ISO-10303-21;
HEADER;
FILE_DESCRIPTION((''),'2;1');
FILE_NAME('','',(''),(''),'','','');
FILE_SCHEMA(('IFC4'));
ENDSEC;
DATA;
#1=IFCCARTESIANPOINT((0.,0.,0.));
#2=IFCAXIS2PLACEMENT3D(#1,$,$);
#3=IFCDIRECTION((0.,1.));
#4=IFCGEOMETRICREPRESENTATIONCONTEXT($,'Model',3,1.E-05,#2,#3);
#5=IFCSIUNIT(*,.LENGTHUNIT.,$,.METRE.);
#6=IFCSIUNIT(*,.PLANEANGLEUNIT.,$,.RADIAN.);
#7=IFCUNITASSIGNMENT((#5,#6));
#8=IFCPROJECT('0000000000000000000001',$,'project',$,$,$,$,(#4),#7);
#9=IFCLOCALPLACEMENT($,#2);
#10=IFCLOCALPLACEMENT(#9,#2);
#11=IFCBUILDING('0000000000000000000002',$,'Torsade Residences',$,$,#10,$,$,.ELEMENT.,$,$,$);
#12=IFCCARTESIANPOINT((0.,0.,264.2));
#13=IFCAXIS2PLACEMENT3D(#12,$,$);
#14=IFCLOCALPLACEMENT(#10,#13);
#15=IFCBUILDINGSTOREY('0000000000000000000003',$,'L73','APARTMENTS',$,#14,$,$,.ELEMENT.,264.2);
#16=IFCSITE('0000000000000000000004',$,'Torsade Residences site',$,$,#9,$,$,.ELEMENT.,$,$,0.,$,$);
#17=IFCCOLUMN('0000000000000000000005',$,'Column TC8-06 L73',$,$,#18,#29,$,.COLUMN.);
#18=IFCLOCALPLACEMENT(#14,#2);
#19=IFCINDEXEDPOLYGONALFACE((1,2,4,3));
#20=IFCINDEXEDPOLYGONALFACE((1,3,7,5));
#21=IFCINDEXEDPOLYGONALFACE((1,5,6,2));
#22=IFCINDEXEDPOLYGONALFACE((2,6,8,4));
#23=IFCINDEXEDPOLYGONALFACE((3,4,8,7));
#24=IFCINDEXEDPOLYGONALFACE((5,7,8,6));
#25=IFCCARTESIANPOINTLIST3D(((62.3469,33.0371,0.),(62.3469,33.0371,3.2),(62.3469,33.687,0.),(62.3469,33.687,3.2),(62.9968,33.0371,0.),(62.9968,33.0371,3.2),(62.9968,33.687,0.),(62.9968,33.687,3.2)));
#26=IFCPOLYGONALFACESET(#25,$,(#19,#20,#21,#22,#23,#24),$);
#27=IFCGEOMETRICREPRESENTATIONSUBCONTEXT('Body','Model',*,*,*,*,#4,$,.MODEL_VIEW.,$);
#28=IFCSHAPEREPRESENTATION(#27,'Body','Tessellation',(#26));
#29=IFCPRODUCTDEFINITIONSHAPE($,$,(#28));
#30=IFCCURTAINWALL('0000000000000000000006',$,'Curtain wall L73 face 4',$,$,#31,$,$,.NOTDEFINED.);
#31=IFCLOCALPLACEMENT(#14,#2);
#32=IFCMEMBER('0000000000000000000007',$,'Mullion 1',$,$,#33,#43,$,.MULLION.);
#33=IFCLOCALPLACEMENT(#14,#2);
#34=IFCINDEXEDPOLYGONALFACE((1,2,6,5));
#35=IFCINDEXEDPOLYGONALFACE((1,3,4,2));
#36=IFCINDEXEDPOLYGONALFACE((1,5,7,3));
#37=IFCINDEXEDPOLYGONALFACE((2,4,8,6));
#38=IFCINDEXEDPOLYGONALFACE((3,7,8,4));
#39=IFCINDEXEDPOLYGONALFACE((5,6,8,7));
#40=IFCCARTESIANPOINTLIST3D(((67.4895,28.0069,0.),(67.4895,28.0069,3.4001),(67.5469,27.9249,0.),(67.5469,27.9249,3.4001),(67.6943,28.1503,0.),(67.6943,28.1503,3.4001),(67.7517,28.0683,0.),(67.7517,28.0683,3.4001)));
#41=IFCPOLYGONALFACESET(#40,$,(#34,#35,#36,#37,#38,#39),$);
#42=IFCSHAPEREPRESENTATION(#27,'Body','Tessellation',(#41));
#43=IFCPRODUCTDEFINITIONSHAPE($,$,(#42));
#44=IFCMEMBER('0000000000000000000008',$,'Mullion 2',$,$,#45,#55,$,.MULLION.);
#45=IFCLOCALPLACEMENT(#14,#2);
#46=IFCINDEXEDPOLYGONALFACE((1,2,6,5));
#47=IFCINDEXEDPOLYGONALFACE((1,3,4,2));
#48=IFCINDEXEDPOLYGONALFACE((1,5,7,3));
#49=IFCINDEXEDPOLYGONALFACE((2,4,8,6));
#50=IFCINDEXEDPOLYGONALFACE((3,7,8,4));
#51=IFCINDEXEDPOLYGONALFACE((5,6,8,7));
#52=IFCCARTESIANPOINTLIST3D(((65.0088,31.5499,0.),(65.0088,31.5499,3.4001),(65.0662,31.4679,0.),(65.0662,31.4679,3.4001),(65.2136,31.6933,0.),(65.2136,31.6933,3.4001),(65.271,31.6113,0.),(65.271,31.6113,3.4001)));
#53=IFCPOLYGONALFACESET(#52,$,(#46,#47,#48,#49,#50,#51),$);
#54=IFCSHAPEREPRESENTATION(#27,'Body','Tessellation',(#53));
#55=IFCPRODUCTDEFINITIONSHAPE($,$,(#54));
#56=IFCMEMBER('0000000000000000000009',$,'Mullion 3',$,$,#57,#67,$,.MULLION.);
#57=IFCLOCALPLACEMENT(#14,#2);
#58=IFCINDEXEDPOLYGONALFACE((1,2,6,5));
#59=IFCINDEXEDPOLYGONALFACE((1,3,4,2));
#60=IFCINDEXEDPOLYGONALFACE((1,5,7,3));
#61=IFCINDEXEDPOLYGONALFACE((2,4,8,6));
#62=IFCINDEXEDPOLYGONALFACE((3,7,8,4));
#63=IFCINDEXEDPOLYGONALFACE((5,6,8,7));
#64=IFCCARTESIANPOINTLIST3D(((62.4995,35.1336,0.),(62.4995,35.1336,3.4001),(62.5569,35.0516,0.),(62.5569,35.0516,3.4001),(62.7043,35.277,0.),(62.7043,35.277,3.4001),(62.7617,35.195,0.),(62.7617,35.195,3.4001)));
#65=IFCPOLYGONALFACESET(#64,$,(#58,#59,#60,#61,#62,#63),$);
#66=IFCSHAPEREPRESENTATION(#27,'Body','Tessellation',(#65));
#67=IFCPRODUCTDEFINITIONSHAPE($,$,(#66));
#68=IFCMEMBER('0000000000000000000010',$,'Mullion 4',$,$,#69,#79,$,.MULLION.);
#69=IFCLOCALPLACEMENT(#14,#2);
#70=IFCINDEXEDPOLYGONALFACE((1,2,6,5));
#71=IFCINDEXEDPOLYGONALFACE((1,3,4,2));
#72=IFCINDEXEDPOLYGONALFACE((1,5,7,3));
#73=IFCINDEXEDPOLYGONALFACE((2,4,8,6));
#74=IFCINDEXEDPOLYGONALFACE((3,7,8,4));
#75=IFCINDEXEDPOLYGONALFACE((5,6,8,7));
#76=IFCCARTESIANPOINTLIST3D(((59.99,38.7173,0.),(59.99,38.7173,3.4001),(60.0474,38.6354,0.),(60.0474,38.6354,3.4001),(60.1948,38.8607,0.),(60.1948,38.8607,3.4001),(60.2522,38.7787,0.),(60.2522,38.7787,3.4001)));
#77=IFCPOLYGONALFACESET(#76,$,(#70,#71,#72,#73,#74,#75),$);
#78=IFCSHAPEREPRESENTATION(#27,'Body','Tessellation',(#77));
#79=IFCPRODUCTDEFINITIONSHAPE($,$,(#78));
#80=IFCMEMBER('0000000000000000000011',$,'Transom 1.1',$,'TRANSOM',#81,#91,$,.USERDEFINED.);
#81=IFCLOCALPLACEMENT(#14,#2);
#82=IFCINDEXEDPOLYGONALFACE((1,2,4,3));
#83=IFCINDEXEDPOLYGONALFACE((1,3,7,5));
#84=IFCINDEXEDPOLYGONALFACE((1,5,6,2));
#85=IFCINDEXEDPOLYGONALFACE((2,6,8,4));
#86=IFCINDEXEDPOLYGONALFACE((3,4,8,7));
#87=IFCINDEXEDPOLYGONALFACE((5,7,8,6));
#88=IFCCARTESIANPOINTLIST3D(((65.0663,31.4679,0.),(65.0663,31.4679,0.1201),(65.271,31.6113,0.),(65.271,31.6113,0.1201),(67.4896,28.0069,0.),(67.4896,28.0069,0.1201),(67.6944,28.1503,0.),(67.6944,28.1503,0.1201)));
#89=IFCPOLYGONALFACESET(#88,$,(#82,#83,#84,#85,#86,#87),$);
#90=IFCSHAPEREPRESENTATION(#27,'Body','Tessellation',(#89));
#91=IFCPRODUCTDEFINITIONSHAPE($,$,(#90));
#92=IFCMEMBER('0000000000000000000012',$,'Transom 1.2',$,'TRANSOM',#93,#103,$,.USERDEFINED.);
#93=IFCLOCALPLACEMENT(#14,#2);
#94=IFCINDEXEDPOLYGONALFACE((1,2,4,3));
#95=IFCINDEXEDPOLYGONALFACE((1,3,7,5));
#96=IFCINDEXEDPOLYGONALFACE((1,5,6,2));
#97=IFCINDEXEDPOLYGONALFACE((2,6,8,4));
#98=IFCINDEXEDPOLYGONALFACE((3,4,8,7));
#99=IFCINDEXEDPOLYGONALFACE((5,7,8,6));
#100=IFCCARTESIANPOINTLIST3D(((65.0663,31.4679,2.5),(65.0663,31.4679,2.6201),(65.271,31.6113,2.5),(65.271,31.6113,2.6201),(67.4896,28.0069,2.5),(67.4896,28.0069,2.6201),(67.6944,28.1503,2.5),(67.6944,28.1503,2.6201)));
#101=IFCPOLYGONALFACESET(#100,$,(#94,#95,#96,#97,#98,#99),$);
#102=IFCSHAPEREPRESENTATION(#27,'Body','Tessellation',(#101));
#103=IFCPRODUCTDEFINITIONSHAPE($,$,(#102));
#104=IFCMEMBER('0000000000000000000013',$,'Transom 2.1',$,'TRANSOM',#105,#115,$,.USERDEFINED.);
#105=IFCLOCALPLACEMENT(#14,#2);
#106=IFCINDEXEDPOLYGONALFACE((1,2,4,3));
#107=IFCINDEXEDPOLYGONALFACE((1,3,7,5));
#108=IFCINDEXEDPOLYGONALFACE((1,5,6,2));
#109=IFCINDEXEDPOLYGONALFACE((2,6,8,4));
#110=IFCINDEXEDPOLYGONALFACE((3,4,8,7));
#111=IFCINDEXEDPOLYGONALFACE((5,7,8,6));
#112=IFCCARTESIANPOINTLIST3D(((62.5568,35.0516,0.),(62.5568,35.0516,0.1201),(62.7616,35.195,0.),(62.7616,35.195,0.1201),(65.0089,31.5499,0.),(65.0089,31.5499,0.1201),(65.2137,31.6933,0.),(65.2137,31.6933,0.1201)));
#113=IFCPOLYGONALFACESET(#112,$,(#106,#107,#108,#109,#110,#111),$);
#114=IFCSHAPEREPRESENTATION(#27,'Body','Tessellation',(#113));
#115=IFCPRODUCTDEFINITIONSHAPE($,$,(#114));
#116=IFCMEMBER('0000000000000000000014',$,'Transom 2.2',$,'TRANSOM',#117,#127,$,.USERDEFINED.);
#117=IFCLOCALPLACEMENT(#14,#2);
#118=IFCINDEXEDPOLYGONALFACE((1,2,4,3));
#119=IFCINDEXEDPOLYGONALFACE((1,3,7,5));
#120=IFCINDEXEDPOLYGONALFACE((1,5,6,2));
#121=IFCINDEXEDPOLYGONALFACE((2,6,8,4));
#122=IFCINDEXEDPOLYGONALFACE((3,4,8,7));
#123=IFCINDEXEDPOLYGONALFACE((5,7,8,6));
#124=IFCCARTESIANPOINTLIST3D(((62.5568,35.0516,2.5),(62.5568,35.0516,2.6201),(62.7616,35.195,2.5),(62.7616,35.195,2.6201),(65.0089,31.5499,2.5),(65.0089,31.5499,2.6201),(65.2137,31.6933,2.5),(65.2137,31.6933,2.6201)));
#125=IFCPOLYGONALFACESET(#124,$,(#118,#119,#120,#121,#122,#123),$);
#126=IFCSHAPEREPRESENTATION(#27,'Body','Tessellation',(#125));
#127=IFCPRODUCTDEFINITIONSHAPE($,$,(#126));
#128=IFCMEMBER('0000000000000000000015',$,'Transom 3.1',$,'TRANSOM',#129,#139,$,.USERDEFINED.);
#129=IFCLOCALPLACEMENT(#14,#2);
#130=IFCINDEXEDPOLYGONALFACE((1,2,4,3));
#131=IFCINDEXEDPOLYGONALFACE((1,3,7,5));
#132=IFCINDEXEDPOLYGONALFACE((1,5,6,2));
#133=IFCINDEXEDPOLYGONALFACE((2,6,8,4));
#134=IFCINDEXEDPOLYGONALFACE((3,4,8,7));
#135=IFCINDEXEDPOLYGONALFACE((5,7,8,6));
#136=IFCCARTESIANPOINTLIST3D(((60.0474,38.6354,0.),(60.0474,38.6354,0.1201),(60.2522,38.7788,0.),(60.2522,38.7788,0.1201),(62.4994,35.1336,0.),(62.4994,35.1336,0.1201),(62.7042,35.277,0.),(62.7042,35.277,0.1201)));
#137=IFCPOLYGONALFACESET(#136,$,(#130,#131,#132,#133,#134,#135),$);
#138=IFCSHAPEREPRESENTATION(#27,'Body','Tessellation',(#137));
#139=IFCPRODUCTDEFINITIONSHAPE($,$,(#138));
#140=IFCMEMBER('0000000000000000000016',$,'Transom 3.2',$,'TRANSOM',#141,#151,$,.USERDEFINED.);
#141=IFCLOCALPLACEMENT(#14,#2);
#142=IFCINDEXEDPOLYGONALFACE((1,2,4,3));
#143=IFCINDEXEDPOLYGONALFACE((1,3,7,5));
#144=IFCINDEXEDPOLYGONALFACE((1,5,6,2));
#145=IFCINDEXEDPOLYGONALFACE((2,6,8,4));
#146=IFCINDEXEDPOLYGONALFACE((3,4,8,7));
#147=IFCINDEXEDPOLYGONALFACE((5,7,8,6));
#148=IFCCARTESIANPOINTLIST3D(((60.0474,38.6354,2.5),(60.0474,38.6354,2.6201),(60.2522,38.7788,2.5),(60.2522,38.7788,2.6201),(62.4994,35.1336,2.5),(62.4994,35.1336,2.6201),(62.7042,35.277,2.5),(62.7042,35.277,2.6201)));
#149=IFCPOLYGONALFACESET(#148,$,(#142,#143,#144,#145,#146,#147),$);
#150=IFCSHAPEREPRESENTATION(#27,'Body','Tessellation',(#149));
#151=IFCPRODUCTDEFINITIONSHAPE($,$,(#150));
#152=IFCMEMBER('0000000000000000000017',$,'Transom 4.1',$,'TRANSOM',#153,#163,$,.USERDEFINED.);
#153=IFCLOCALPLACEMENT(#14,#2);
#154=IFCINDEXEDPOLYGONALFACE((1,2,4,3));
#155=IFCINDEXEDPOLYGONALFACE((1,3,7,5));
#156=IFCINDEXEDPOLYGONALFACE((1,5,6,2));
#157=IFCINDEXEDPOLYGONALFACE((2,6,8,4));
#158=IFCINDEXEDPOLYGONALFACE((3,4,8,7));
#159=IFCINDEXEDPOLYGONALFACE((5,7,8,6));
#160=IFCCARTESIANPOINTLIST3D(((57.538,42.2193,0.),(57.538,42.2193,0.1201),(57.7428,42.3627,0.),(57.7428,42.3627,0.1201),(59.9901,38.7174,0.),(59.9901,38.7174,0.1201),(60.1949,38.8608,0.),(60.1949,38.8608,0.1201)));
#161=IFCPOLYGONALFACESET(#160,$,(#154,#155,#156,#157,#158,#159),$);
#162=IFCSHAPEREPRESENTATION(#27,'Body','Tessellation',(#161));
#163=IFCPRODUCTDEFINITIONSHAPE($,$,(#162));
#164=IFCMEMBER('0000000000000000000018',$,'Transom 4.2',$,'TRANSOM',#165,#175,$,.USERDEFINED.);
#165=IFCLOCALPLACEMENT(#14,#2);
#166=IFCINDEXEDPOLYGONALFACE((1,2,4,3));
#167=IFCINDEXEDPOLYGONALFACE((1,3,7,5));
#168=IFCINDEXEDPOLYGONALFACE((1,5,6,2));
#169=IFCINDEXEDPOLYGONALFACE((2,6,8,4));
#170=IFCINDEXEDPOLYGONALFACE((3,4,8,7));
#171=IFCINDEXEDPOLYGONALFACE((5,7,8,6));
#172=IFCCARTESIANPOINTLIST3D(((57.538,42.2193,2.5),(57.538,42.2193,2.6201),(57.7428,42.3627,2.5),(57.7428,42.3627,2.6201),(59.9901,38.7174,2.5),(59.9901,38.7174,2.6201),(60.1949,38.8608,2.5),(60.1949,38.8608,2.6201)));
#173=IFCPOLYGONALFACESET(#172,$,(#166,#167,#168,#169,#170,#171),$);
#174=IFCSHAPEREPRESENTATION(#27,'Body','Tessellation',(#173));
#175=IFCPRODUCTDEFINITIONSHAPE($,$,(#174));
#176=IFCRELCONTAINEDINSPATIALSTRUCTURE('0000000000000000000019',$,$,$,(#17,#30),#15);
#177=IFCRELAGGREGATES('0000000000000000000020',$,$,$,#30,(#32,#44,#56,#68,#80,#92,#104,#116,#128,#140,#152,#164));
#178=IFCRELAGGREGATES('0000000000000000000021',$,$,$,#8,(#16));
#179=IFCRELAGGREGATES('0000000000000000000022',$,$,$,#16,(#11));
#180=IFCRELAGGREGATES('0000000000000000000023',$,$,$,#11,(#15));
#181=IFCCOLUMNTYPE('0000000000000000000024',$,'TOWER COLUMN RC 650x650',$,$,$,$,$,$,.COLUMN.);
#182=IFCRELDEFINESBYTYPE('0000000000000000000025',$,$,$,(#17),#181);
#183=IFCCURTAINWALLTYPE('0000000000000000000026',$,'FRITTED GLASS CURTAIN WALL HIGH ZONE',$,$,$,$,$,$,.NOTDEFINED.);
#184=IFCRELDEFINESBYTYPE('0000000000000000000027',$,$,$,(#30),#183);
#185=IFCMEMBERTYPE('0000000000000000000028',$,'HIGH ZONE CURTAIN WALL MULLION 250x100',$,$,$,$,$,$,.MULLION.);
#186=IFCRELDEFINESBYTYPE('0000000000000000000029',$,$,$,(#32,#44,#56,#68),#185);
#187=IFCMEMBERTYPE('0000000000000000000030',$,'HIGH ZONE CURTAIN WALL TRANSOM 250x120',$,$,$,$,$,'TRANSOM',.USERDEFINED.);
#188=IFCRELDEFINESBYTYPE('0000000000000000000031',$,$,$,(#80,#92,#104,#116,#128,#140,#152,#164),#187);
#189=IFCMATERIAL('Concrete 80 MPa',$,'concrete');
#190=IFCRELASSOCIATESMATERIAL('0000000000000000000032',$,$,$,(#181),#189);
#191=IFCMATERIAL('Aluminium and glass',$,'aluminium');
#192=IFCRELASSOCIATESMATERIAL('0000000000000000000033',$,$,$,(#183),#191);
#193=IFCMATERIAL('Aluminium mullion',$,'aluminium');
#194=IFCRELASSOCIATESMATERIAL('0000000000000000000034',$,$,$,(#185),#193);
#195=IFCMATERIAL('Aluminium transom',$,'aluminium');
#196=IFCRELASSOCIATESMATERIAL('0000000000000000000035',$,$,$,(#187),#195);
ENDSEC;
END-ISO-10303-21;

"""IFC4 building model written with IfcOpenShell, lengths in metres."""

from ifc_helpers import new_model, si_unit, direction, frame, origin, origin_2d, place, context, subcontext, project, spatial, rectangle, extrude, material, material_profile, profile_set, type_object, element, aggregate, save


model = new_model("IFC4")

# Units and contexts
model_context = context("Model", 3, precision=1e-05, world=origin(), true_north=direction((0.0, 1.0)))
body_context = subcontext(model_context, "Body", "Model", "MODEL_VIEW")
ifc_project = project(units=[si_unit("LENGTHUNIT", "METRE"), si_unit("PLANEANGLEUNIT", "RADIAN")], contexts=[model_context])

# Site, building, storey
site_placement = place(None, origin())
site = spatial("IfcSite", under=ifc_project, at=site_placement, Name="Torsade Residences site", CompositionType="ELEMENT", RefElevation=0.0)
building_placement = place(site_placement, origin())
building = spatial("IfcBuilding", under=site, at=building_placement, Name="Torsade Residences", CompositionType="ELEMENT")
storey_placement = place(building_placement, frame((0.0, 0.0, 264.2)))
storey = spatial("IfcBuildingStorey", under=building, at=storey_placement, Name="L73", Description="APARTMENTS", CompositionType="ELEMENT", Elevation=264.2)

# Column
ifc_material_1 = material(Name="Concrete 80 MPa", Category="concrete")
ifc_material_profile_1 = material_profile(ifc_material_1, rectangle(XDim=0.6499, YDim=0.6499, at=origin_2d()), Name="RC 650x650")
ifc_profile_set_1 = profile_set([ifc_material_profile_1], Name="Concrete 80 MPa")
column_type = type_object("IfcColumnType", Name="TOWER COLUMN RC 650x650", PredefinedType="COLUMN", material=ifc_profile_set_1)
column_placement = place(storey_placement, frame((62.6719, 33.3621, 0.0), z_axis=(0.0, 0.0, 1.0), x_axis=(1.0, 0.0, 0.0)))
element("IfcColumn", 1, at=column_placement, inside=storey, type_object=column_type, Name="Column TC8-06 L73", PredefinedType="COLUMN", context=body_context, shape_type="SweptSolid", body=[
    extrude(rectangle(XDim=0.6499, YDim=0.6499, at=origin_2d()), origin(), (0.0, 0.0, 1.0), 3.2),
])

# Curtain wall, members
ifc_material_2 = material(Name="Aluminium and glass", Category="aluminium")
curtain_wall_type = type_object("IfcCurtainWallType", Name="FRITTED GLASS CURTAIN WALL HIGH ZONE", PredefinedType="NOTDEFINED", material=ifc_material_2)
curtain_wall_placement = place(storey_placement, origin())
curtain_wall = element("IfcCurtainWall", 2, at=curtain_wall_placement, inside=storey, type_object=curtain_wall_type, Name="Curtain wall L73 face 4", PredefinedType="NOTDEFINED")
ifc_material_3 = material(Name="Aluminium mullion", Category="aluminium")
ifc_material_profile_2 = material_profile(ifc_material_3, rectangle(XDim=0.25, YDim=0.1001, at=origin_2d()), Name="HIGH ZONE CURTAIN WALL MULLION 250x100")
ifc_profile_set_2 = profile_set([ifc_material_profile_2], Name="Aluminium mullion")
member_type_1 = type_object("IfcMemberType", Name="HIGH ZONE CURTAIN WALL MULLION 250x100", PredefinedType="MULLION", material=ifc_profile_set_2)
member_1_placement = place(storey_placement, frame((67.6206, 28.0376, 0.0), z_axis=(0.0, 0.0, 1.0), x_axis=(-0.819152, -0.573576, 0.0)))
member_1 = element("IfcMember", 3, at=member_1_placement, type_object=member_type_1, Name="Mullion 1", PredefinedType="MULLION", context=body_context, shape_type="SweptSolid", body=[
    extrude(rectangle(XDim=0.25, YDim=0.1001, at=origin_2d()), origin(), (0.0, 0.0, 1.0), 3.4001),
])
member_2_placement = place(storey_placement, frame((65.1399, 31.5806, 0.0), z_axis=(0.0, 0.0, 1.0), x_axis=(-0.819152, -0.573576, 0.0)))
member_2 = element("IfcMember", 4, at=member_2_placement, type_object=member_type_1, Name="Mullion 2", PredefinedType="MULLION", context=body_context, shape_type="SweptSolid", body=[
    extrude(rectangle(XDim=0.25, YDim=0.1001, at=origin_2d()), origin(), (0.0, 0.0, 1.0), 3.4001),
])
member_3_placement = place(storey_placement, frame((62.6306, 35.1643, 0.0), z_axis=(0.0, 0.0, 1.0), x_axis=(-0.819152, -0.573576, 0.0)))
member_3 = element("IfcMember", 5, at=member_3_placement, type_object=member_type_1, Name="Mullion 3", PredefinedType="MULLION", context=body_context, shape_type="SweptSolid", body=[
    extrude(rectangle(XDim=0.25, YDim=0.1001, at=origin_2d()), origin(), (0.0, 0.0, 1.0), 3.4001),
])
member_4_placement = place(storey_placement, frame((60.1211, 38.748, 0.0), z_axis=(0.0, 0.0, 1.0), x_axis=(-0.819152, -0.573576, 0.0)))
member_4 = element("IfcMember", 6, at=member_4_placement, type_object=member_type_1, Name="Mullion 4", PredefinedType="MULLION", context=body_context, shape_type="SweptSolid", body=[
    extrude(rectangle(XDim=0.25, YDim=0.1001, at=origin_2d()), origin(), (0.0, 0.0, 1.0), 3.4001),
])
ifc_material_4 = material(Name="Aluminium transom", Category="aluminium")
ifc_material_profile_3 = material_profile(ifc_material_4, rectangle(XDim=0.25, YDim=0.1201, at=origin_2d()), Name="HIGH ZONE CURTAIN WALL TRANSOM 250x120")
ifc_profile_set_3 = profile_set([ifc_material_profile_3], Name="Aluminium transom")
member_type_2 = type_object("IfcMemberType", Name="HIGH ZONE CURTAIN WALL TRANSOM 250x120", ElementType="TRANSOM", PredefinedType="USERDEFINED", material=ifc_profile_set_3)
member_5_placement = place(storey_placement, frame((67.592, 28.0786, 0.0601), z_axis=(-0.573571, 0.819156, 0.0), x_axis=(-0.819156, -0.573571, 0.0)))
member_5 = element("IfcMember", 7, at=member_5_placement, type_object=member_type_2, Name="Transom 1.1", ObjectType="TRANSOM", PredefinedType="USERDEFINED", context=body_context, shape_type="SweptSolid", body=[
    extrude(rectangle(XDim=0.25, YDim=0.1201, at=origin_2d()), origin(), (0.0, 0.0, 1.0), 4.2251),
])
member_6_placement = place(storey_placement, frame((67.592, 28.0786, 2.5601), z_axis=(-0.573571, 0.819156, 0.0), x_axis=(-0.819156, -0.573571, 0.0)))
member_6 = element("IfcMember", 8, at=member_6_placement, type_object=member_type_2, Name="Transom 1.2", ObjectType="TRANSOM", PredefinedType="USERDEFINED", context=body_context, shape_type="SweptSolid", body=[
    extrude(rectangle(XDim=0.25, YDim=0.1201, at=origin_2d()), origin(), (0.0, 0.0, 1.0), 4.2251),
])
member_7_placement = place(storey_placement, frame((65.1113, 31.6216, 0.0601), z_axis=(-0.573612, 0.819127, 0.0), x_axis=(-0.819127, -0.573612, 0.0)))
member_7 = element("IfcMember", 9, at=member_7_placement, type_object=member_type_2, Name="Transom 2.1", ObjectType="TRANSOM", PredefinedType="USERDEFINED", context=body_context, shape_type="SweptSolid", body=[
    extrude(rectangle(XDim=0.25, YDim=0.1201, at=origin_2d()), origin(), (0.0, 0.0, 1.0), 4.2749),
])
member_8_placement = place(storey_placement, frame((65.1113, 31.6216, 2.5601), z_axis=(-0.573612, 0.819127, 0.0), x_axis=(-0.819127, -0.573612, 0.0)))
member_8 = element("IfcMember", 10, at=member_8_placement, type_object=member_type_2, Name="Transom 2.2", ObjectType="TRANSOM", PredefinedType="USERDEFINED", context=body_context, shape_type="SweptSolid", body=[
    extrude(rectangle(XDim=0.25, YDim=0.1201, at=origin_2d()), origin(), (0.0, 0.0, 1.0), 4.2749),
])
member_9_placement = place(storey_placement, frame((62.6018, 35.2053, 0.0601), z_axis=(-0.573573, 0.819154, 0.0), x_axis=(-0.819154, -0.573573, 0.0)))
member_9 = element("IfcMember", 11, at=member_9_placement, type_object=member_type_2, Name="Transom 3.1", ObjectType="TRANSOM", PredefinedType="USERDEFINED", context=body_context, shape_type="SweptSolid", body=[
    extrude(rectangle(XDim=0.25, YDim=0.1201, at=origin_2d()), origin(), (0.0, 0.0, 1.0), 4.2749),
])
member_10_placement = place(storey_placement, frame((62.6018, 35.2053, 2.5601), z_axis=(-0.573573, 0.819154, 0.0), x_axis=(-0.819154, -0.573573, 0.0)))
member_10 = element("IfcMember", 12, at=member_10_placement, type_object=member_type_2, Name="Transom 3.2", ObjectType="TRANSOM", PredefinedType="USERDEFINED", context=body_context, shape_type="SweptSolid", body=[
    extrude(rectangle(XDim=0.25, YDim=0.1201, at=origin_2d()), origin(), (0.0, 0.0, 1.0), 4.2749),
])
member_11_placement = place(storey_placement, frame((60.0925, 38.7891, 0.0601), z_axis=(-0.573585, 0.819146, 0.0), x_axis=(-0.819146, -0.573585, 0.0)))
member_11 = element("IfcMember", 13, at=member_11_placement, type_object=member_type_2, Name="Transom 4.1", ObjectType="TRANSOM", PredefinedType="USERDEFINED", context=body_context, shape_type="SweptSolid", body=[
    extrude(rectangle(XDim=0.25, YDim=0.1201, at=origin_2d()), origin(), (0.0, 0.0, 1.0), 4.2751),
])
member_12_placement = place(storey_placement, frame((60.0925, 38.7891, 2.5601), z_axis=(-0.573585, 0.819146, 0.0), x_axis=(-0.819146, -0.573585, 0.0)))
member_12 = element("IfcMember", 14, at=member_12_placement, type_object=member_type_2, Name="Transom 4.2", ObjectType="TRANSOM", PredefinedType="USERDEFINED", context=body_context, shape_type="SweptSolid", body=[
    extrude(rectangle(XDim=0.25, YDim=0.1201, at=origin_2d()), origin(), (0.0, 0.0, 1.0), 4.2751),
])

aggregate(curtain_wall, [member_1, member_2, member_3, member_4, member_5, member_6, member_7, member_8, member_9, member_10, member_11, member_12])

save(model, "model.ifc")
